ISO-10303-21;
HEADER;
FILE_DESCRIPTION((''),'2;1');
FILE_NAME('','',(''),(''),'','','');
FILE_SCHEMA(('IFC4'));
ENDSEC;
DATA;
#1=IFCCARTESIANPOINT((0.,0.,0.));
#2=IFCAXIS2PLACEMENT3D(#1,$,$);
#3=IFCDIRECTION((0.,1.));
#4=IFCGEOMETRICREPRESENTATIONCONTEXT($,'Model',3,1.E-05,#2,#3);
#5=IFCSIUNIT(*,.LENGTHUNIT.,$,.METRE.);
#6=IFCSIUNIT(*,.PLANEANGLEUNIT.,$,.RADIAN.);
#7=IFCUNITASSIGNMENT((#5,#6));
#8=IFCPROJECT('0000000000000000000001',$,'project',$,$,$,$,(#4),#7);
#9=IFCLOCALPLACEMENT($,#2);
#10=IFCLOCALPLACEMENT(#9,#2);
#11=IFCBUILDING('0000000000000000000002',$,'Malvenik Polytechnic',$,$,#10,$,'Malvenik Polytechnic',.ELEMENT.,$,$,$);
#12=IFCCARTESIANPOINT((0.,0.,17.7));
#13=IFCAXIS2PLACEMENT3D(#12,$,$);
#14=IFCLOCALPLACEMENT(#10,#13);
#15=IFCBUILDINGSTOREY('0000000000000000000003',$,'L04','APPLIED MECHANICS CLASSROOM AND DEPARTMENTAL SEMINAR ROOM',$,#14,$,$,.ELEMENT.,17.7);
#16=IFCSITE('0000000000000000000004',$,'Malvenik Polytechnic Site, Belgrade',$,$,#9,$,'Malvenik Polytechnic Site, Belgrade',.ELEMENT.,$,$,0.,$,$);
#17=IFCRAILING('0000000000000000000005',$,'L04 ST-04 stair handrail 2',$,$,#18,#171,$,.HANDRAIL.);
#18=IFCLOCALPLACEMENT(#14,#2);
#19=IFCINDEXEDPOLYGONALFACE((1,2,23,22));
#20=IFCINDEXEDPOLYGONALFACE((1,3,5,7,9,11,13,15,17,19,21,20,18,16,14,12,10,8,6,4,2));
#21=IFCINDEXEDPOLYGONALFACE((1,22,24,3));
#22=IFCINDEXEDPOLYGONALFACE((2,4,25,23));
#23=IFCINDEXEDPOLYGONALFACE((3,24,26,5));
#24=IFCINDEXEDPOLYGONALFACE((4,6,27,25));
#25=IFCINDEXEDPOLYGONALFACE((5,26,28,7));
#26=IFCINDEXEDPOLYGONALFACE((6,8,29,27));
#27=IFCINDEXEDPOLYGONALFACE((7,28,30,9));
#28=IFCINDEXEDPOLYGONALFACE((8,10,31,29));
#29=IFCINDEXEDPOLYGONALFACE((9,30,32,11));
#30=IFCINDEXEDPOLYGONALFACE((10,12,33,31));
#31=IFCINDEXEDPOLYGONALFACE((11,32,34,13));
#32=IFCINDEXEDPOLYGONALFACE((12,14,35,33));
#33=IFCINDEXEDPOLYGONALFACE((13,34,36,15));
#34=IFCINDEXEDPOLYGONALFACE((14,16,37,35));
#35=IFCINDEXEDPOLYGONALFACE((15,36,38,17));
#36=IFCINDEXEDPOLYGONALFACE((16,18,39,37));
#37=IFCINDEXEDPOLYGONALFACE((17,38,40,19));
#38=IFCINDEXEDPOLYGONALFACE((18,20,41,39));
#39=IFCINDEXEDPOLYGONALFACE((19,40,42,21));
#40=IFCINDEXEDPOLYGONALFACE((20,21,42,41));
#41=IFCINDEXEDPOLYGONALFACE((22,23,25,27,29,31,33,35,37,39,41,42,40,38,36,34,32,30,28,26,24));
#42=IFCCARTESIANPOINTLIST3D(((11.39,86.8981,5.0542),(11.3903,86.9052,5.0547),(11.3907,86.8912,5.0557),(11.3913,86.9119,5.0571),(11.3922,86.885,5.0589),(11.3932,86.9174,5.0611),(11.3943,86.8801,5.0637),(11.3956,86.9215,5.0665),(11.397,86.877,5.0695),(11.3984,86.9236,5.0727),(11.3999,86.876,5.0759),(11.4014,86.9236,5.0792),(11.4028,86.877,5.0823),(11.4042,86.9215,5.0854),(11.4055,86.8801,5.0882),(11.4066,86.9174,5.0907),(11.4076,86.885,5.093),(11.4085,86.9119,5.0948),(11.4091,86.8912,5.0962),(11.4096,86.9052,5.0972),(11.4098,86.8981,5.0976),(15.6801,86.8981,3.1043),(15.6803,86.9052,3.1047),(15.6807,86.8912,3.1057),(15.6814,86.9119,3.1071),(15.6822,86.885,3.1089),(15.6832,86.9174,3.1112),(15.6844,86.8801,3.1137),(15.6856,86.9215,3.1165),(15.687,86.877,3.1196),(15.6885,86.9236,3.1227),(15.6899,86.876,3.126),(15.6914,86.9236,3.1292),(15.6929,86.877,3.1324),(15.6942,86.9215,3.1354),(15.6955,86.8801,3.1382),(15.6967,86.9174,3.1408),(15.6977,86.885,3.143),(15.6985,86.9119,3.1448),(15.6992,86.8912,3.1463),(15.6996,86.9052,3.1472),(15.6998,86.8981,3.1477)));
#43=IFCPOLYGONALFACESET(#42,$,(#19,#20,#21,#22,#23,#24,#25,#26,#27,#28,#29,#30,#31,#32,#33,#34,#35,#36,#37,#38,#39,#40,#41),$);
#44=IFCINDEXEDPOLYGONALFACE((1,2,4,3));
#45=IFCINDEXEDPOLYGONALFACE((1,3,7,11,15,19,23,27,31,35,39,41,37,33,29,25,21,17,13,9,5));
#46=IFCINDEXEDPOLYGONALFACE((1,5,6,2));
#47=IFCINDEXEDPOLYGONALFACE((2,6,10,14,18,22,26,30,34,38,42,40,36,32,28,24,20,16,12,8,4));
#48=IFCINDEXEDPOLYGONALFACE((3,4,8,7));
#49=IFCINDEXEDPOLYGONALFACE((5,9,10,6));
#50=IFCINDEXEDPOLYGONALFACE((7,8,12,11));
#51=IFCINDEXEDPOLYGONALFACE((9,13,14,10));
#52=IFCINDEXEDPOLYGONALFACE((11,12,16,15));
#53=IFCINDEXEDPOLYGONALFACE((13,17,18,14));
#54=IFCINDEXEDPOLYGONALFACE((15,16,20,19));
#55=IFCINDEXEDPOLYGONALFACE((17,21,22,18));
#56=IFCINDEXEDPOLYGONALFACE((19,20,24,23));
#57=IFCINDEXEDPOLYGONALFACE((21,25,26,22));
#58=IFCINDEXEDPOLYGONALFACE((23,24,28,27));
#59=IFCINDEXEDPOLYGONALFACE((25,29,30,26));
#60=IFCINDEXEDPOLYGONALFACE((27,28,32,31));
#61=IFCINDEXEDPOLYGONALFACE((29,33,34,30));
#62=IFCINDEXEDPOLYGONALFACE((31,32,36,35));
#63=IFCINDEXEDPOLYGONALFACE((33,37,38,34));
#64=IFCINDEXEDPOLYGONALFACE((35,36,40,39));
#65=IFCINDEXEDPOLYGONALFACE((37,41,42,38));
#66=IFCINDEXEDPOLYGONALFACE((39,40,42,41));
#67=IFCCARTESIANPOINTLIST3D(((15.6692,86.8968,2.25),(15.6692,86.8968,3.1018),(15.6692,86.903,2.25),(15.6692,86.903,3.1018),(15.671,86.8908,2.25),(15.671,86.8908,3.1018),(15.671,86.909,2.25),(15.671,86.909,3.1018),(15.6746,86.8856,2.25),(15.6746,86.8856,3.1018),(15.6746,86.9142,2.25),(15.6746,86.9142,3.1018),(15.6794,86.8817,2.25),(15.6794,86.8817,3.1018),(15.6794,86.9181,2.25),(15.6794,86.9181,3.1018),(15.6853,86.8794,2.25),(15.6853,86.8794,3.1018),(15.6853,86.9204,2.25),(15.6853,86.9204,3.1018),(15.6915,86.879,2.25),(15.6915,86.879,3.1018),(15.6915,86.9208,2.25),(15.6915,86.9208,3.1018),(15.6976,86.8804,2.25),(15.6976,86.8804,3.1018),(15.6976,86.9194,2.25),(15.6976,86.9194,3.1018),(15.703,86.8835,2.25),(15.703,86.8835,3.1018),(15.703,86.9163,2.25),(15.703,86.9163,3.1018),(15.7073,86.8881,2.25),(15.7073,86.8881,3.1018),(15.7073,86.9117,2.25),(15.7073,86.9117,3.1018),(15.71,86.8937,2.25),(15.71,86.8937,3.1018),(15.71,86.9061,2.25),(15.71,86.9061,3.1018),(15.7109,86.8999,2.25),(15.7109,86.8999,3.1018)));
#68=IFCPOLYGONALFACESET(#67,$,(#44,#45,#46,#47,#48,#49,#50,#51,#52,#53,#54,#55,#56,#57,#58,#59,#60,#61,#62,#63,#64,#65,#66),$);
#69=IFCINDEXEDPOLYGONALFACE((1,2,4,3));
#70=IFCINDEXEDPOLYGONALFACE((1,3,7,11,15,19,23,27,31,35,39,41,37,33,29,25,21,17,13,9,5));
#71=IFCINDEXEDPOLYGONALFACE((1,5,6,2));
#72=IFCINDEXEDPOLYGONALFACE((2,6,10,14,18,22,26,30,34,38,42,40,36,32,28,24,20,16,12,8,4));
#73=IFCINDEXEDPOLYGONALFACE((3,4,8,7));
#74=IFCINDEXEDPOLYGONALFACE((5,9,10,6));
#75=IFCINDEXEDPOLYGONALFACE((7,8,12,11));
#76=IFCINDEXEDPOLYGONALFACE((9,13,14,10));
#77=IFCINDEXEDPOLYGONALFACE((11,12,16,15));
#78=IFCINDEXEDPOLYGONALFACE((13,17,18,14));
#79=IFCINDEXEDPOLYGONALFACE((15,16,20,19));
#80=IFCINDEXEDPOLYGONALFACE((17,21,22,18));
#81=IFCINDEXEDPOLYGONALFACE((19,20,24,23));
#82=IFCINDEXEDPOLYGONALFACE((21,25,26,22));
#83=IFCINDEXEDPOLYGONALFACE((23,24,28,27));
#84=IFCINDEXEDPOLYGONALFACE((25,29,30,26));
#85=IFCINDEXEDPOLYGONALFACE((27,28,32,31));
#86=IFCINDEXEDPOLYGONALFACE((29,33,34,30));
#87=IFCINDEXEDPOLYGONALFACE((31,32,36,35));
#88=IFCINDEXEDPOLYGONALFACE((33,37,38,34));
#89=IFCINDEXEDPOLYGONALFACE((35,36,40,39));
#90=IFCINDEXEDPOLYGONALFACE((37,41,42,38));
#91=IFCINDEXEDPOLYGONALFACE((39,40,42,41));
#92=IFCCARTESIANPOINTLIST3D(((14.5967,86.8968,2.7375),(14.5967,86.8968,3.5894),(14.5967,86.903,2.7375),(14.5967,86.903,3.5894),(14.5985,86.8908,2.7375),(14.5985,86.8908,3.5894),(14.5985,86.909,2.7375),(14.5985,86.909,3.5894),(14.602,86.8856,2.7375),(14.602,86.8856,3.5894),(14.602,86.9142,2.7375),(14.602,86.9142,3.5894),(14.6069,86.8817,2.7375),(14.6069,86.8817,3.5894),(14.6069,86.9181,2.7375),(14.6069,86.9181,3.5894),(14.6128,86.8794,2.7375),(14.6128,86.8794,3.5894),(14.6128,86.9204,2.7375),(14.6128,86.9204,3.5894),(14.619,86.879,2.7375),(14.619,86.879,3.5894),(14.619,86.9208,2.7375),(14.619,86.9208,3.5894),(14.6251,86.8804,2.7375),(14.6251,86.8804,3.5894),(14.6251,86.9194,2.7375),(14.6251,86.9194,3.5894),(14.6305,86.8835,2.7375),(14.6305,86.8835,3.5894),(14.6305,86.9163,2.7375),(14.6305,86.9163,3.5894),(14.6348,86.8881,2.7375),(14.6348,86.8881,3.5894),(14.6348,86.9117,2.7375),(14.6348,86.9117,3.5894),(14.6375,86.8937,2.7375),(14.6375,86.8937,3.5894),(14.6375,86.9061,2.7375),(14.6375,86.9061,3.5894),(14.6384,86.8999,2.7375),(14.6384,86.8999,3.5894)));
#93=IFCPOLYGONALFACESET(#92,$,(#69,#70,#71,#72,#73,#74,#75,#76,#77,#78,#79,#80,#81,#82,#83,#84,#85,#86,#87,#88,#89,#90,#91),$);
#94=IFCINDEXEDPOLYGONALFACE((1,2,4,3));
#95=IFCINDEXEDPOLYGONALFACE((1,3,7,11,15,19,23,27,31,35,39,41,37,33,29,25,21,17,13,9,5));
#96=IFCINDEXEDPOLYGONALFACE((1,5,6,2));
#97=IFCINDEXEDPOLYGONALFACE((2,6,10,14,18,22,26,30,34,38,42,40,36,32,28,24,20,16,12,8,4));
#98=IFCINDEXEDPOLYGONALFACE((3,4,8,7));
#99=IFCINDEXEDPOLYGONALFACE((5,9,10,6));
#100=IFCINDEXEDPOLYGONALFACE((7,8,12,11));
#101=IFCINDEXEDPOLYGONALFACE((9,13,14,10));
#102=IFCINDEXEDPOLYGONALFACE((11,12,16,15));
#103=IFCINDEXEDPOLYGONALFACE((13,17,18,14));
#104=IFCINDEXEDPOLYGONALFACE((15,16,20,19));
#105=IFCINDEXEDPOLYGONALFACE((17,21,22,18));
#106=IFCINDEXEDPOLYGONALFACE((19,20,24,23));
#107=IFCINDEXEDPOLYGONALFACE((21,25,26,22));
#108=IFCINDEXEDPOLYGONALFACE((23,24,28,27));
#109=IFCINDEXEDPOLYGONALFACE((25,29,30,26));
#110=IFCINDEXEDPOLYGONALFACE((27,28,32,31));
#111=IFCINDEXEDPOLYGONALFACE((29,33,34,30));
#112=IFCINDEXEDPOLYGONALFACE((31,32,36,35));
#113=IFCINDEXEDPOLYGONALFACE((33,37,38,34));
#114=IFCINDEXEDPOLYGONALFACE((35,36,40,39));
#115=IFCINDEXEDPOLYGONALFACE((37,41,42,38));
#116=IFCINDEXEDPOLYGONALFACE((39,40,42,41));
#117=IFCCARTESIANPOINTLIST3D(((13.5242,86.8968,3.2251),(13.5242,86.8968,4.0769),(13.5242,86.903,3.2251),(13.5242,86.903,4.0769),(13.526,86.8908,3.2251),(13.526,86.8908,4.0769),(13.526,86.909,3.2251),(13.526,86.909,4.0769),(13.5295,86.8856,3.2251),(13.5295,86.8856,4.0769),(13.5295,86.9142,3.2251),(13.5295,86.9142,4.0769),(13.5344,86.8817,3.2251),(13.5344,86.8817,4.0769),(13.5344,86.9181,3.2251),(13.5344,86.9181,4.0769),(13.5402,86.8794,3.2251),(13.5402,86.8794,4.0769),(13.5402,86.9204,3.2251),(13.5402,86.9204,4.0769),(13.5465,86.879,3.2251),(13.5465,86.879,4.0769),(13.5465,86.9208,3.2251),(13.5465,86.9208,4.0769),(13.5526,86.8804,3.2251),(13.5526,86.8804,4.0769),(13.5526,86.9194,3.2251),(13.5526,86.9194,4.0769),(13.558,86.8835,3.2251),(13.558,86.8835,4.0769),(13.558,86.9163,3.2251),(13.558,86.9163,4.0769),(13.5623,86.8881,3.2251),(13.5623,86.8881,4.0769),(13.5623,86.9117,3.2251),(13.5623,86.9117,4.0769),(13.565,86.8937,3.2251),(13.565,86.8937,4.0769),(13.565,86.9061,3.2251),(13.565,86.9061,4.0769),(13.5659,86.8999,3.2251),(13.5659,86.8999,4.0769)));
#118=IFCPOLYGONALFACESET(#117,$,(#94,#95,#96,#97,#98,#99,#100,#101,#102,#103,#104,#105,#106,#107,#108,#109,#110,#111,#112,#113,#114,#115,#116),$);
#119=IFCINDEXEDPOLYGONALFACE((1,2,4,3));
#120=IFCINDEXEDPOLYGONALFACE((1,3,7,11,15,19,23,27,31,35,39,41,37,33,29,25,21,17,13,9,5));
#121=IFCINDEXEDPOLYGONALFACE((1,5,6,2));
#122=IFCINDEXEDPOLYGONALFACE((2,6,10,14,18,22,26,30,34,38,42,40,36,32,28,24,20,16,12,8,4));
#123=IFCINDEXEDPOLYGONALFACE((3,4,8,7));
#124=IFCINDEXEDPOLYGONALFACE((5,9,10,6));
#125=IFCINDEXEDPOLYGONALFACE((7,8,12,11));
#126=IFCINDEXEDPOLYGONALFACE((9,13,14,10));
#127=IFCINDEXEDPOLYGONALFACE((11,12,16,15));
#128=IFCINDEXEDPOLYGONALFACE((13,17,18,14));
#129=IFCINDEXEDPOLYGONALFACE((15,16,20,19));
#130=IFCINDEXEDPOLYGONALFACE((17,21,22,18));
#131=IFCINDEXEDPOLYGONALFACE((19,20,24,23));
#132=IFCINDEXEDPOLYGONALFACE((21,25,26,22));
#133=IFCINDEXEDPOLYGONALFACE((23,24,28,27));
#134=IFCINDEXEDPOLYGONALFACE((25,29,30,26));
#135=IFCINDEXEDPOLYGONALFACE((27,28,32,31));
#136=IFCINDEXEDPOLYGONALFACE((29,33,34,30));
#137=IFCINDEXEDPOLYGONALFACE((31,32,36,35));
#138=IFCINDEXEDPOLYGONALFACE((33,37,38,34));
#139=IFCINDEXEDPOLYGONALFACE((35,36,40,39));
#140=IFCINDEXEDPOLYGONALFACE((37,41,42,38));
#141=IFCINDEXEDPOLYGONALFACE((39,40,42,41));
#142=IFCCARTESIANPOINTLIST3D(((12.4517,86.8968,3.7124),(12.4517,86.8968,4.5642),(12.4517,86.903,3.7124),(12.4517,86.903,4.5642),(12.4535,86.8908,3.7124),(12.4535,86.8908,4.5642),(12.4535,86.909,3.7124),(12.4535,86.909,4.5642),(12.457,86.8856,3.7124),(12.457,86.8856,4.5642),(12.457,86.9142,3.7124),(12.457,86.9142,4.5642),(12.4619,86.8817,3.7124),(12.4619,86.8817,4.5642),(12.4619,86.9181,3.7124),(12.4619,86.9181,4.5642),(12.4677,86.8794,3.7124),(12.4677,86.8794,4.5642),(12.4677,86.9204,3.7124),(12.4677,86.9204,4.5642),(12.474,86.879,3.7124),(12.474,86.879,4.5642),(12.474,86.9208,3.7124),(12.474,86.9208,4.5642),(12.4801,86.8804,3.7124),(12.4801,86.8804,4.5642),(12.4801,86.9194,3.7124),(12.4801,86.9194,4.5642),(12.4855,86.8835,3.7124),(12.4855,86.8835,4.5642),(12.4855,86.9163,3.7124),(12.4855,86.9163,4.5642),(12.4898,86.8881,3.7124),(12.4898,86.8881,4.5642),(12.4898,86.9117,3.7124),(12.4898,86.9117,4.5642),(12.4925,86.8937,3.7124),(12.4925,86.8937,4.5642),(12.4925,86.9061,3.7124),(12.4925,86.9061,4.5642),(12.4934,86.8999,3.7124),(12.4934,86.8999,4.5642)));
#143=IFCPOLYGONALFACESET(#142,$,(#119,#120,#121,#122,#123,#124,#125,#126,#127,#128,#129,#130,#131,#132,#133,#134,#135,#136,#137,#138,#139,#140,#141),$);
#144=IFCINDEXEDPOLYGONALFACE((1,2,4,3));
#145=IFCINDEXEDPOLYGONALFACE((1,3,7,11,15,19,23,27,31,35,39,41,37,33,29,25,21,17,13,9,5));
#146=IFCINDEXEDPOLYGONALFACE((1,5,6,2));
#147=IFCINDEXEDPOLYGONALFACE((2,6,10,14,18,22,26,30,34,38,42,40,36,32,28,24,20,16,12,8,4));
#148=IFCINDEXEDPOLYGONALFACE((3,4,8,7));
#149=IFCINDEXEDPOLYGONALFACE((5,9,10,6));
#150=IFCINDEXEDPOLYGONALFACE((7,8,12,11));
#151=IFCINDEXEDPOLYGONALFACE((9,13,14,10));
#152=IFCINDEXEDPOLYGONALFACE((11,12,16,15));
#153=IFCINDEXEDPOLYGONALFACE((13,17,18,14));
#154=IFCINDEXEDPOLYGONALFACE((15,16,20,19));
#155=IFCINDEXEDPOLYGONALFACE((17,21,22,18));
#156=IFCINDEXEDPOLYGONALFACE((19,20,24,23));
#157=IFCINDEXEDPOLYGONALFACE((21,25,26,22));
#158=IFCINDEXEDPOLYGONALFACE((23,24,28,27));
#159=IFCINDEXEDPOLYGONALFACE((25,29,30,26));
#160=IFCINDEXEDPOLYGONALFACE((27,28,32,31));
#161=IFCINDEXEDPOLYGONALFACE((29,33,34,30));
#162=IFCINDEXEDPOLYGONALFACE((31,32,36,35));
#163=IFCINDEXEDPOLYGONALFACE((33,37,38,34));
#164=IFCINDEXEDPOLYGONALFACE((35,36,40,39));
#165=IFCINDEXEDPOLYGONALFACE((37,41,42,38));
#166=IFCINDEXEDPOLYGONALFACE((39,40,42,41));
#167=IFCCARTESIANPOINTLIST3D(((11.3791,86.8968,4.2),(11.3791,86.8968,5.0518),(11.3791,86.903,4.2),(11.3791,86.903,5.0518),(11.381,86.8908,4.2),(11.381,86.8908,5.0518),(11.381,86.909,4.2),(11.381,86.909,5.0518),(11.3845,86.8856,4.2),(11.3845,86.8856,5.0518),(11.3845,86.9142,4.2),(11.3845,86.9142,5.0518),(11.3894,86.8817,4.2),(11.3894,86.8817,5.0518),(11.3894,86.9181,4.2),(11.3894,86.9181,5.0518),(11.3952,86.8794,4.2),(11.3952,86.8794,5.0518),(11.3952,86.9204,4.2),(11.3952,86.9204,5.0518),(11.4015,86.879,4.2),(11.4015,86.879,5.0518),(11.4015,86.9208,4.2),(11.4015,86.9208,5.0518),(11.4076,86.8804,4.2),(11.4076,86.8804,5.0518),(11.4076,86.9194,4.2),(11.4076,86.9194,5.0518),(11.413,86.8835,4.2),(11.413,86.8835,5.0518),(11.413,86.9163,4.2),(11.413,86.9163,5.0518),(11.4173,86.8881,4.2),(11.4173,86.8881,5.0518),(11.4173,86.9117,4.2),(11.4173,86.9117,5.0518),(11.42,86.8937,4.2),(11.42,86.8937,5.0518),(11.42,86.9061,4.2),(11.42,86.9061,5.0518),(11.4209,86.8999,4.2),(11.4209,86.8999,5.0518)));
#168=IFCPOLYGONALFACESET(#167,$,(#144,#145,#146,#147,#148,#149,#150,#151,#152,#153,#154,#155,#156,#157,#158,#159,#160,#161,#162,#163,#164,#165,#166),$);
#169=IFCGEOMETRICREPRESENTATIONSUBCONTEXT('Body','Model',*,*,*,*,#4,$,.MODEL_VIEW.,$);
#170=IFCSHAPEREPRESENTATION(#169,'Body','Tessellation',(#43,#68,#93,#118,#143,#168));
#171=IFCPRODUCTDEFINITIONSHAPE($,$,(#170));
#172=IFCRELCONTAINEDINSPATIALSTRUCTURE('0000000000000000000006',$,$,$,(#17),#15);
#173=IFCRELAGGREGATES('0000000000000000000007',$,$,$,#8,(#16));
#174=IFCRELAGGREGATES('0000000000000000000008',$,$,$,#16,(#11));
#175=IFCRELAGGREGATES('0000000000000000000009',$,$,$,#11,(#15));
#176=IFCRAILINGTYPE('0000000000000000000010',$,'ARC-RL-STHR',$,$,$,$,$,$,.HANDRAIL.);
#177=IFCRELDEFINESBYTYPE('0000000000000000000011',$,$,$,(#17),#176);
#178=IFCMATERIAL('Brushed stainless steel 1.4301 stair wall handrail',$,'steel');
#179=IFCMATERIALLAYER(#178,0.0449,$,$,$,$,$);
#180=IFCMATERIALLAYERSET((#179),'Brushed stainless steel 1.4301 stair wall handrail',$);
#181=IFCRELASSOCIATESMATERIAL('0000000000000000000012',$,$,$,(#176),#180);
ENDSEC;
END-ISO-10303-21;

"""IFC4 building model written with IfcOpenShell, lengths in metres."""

from ifc_helpers import new_model, si_unit, direction, frame, origin, origin_2d, place, context, subcontext, project, spatial, circle, extrude, material, layer, layer_set, type_object, element, save


model = new_model("IFC4")

# Units and contexts
model_context = context("Model", 3, precision=1e-05, world=origin(), true_north=direction((0.0, 1.0)))
body_context = subcontext(model_context, "Body", "Model", "MODEL_VIEW")
ifc_project = project(units=[si_unit("LENGTHUNIT", "METRE"), si_unit("PLANEANGLEUNIT", "RADIAN")], contexts=[model_context])

# Site, building, storey
site_placement = place(None, origin())
site = spatial("IfcSite", under=ifc_project, at=site_placement, Name="Malvenik Polytechnic Site, Belgrade", LongName="Malvenik Polytechnic Site, Belgrade", CompositionType="ELEMENT", RefElevation=0.0)
building_placement = place(site_placement, origin())
building = spatial("IfcBuilding", under=site, at=building_placement, Name="Malvenik Polytechnic", LongName="Malvenik Polytechnic", CompositionType="ELEMENT")
storey_placement = place(building_placement, frame((0.0, 0.0, 17.7)))
storey = spatial("IfcBuildingStorey", under=building, at=storey_placement, Name="L04", Description="APPLIED MECHANICS CLASSROOM AND DEPARTMENTAL SEMINAR ROOM", CompositionType="ELEMENT", Elevation=17.7)

# Railing
ifc_material_1 = material(Name="Brushed stainless steel 1.4301 stair wall handrail", Category="steel")
ifc_layer_1 = layer(ifc_material_1, 0.0449)
ifc_layer_set_1 = layer_set([ifc_layer_1], Name="Brushed stainless steel 1.4301 stair wall handrail")
railing_type = type_object("IfcRailingType", Name="ARC-RL-STHR", PredefinedType="HANDRAIL", material=ifc_layer_set_1)
railing_placement = place(storey_placement, frame((15.6899, 86.8999, 2.25)))
element("IfcRailing", 1, at=railing_placement, inside=storey, type_object=railing_type, Name="L04 ST-04 stair handrail 2", PredefinedType="HANDRAIL", context=body_context, shape_type="SweptSolid", body=[
    extrude(circle(Radius=0.0239, at=origin_2d()), frame((0.0, 0.0, 0.876), z_axis=(-0.910372, 0.0, 0.413791), x_axis=(0.0, -1.0, 0.0)), (0.0, 0.0, 1.0), 4.7124),
    extrude(circle(Radius=0.021, at=origin_2d()), origin(), (0.0, 0.0, 1.0), 0.8518),
    extrude(circle(Radius=0.021, at=origin_2d()), frame((-1.0725, 0.0, 0.4875)), (0.0, 0.0, 1.0), 0.8518),
    extrude(circle(Radius=0.021, at=origin_2d()), frame((-2.145, 0.0, 0.9751)), (0.0, 0.0, 1.0), 0.8518),
    extrude(circle(Radius=0.021, at=origin_2d()), frame((-3.2175, 0.0, 1.4624)), (0.0, 0.0, 1.0), 0.8518),
    extrude(circle(Radius=0.021, at=origin_2d()), frame((-4.29, 0.0, 1.95)), (0.0, 0.0, 1.0), 0.8518),
])

save(model, "model.ifc")
